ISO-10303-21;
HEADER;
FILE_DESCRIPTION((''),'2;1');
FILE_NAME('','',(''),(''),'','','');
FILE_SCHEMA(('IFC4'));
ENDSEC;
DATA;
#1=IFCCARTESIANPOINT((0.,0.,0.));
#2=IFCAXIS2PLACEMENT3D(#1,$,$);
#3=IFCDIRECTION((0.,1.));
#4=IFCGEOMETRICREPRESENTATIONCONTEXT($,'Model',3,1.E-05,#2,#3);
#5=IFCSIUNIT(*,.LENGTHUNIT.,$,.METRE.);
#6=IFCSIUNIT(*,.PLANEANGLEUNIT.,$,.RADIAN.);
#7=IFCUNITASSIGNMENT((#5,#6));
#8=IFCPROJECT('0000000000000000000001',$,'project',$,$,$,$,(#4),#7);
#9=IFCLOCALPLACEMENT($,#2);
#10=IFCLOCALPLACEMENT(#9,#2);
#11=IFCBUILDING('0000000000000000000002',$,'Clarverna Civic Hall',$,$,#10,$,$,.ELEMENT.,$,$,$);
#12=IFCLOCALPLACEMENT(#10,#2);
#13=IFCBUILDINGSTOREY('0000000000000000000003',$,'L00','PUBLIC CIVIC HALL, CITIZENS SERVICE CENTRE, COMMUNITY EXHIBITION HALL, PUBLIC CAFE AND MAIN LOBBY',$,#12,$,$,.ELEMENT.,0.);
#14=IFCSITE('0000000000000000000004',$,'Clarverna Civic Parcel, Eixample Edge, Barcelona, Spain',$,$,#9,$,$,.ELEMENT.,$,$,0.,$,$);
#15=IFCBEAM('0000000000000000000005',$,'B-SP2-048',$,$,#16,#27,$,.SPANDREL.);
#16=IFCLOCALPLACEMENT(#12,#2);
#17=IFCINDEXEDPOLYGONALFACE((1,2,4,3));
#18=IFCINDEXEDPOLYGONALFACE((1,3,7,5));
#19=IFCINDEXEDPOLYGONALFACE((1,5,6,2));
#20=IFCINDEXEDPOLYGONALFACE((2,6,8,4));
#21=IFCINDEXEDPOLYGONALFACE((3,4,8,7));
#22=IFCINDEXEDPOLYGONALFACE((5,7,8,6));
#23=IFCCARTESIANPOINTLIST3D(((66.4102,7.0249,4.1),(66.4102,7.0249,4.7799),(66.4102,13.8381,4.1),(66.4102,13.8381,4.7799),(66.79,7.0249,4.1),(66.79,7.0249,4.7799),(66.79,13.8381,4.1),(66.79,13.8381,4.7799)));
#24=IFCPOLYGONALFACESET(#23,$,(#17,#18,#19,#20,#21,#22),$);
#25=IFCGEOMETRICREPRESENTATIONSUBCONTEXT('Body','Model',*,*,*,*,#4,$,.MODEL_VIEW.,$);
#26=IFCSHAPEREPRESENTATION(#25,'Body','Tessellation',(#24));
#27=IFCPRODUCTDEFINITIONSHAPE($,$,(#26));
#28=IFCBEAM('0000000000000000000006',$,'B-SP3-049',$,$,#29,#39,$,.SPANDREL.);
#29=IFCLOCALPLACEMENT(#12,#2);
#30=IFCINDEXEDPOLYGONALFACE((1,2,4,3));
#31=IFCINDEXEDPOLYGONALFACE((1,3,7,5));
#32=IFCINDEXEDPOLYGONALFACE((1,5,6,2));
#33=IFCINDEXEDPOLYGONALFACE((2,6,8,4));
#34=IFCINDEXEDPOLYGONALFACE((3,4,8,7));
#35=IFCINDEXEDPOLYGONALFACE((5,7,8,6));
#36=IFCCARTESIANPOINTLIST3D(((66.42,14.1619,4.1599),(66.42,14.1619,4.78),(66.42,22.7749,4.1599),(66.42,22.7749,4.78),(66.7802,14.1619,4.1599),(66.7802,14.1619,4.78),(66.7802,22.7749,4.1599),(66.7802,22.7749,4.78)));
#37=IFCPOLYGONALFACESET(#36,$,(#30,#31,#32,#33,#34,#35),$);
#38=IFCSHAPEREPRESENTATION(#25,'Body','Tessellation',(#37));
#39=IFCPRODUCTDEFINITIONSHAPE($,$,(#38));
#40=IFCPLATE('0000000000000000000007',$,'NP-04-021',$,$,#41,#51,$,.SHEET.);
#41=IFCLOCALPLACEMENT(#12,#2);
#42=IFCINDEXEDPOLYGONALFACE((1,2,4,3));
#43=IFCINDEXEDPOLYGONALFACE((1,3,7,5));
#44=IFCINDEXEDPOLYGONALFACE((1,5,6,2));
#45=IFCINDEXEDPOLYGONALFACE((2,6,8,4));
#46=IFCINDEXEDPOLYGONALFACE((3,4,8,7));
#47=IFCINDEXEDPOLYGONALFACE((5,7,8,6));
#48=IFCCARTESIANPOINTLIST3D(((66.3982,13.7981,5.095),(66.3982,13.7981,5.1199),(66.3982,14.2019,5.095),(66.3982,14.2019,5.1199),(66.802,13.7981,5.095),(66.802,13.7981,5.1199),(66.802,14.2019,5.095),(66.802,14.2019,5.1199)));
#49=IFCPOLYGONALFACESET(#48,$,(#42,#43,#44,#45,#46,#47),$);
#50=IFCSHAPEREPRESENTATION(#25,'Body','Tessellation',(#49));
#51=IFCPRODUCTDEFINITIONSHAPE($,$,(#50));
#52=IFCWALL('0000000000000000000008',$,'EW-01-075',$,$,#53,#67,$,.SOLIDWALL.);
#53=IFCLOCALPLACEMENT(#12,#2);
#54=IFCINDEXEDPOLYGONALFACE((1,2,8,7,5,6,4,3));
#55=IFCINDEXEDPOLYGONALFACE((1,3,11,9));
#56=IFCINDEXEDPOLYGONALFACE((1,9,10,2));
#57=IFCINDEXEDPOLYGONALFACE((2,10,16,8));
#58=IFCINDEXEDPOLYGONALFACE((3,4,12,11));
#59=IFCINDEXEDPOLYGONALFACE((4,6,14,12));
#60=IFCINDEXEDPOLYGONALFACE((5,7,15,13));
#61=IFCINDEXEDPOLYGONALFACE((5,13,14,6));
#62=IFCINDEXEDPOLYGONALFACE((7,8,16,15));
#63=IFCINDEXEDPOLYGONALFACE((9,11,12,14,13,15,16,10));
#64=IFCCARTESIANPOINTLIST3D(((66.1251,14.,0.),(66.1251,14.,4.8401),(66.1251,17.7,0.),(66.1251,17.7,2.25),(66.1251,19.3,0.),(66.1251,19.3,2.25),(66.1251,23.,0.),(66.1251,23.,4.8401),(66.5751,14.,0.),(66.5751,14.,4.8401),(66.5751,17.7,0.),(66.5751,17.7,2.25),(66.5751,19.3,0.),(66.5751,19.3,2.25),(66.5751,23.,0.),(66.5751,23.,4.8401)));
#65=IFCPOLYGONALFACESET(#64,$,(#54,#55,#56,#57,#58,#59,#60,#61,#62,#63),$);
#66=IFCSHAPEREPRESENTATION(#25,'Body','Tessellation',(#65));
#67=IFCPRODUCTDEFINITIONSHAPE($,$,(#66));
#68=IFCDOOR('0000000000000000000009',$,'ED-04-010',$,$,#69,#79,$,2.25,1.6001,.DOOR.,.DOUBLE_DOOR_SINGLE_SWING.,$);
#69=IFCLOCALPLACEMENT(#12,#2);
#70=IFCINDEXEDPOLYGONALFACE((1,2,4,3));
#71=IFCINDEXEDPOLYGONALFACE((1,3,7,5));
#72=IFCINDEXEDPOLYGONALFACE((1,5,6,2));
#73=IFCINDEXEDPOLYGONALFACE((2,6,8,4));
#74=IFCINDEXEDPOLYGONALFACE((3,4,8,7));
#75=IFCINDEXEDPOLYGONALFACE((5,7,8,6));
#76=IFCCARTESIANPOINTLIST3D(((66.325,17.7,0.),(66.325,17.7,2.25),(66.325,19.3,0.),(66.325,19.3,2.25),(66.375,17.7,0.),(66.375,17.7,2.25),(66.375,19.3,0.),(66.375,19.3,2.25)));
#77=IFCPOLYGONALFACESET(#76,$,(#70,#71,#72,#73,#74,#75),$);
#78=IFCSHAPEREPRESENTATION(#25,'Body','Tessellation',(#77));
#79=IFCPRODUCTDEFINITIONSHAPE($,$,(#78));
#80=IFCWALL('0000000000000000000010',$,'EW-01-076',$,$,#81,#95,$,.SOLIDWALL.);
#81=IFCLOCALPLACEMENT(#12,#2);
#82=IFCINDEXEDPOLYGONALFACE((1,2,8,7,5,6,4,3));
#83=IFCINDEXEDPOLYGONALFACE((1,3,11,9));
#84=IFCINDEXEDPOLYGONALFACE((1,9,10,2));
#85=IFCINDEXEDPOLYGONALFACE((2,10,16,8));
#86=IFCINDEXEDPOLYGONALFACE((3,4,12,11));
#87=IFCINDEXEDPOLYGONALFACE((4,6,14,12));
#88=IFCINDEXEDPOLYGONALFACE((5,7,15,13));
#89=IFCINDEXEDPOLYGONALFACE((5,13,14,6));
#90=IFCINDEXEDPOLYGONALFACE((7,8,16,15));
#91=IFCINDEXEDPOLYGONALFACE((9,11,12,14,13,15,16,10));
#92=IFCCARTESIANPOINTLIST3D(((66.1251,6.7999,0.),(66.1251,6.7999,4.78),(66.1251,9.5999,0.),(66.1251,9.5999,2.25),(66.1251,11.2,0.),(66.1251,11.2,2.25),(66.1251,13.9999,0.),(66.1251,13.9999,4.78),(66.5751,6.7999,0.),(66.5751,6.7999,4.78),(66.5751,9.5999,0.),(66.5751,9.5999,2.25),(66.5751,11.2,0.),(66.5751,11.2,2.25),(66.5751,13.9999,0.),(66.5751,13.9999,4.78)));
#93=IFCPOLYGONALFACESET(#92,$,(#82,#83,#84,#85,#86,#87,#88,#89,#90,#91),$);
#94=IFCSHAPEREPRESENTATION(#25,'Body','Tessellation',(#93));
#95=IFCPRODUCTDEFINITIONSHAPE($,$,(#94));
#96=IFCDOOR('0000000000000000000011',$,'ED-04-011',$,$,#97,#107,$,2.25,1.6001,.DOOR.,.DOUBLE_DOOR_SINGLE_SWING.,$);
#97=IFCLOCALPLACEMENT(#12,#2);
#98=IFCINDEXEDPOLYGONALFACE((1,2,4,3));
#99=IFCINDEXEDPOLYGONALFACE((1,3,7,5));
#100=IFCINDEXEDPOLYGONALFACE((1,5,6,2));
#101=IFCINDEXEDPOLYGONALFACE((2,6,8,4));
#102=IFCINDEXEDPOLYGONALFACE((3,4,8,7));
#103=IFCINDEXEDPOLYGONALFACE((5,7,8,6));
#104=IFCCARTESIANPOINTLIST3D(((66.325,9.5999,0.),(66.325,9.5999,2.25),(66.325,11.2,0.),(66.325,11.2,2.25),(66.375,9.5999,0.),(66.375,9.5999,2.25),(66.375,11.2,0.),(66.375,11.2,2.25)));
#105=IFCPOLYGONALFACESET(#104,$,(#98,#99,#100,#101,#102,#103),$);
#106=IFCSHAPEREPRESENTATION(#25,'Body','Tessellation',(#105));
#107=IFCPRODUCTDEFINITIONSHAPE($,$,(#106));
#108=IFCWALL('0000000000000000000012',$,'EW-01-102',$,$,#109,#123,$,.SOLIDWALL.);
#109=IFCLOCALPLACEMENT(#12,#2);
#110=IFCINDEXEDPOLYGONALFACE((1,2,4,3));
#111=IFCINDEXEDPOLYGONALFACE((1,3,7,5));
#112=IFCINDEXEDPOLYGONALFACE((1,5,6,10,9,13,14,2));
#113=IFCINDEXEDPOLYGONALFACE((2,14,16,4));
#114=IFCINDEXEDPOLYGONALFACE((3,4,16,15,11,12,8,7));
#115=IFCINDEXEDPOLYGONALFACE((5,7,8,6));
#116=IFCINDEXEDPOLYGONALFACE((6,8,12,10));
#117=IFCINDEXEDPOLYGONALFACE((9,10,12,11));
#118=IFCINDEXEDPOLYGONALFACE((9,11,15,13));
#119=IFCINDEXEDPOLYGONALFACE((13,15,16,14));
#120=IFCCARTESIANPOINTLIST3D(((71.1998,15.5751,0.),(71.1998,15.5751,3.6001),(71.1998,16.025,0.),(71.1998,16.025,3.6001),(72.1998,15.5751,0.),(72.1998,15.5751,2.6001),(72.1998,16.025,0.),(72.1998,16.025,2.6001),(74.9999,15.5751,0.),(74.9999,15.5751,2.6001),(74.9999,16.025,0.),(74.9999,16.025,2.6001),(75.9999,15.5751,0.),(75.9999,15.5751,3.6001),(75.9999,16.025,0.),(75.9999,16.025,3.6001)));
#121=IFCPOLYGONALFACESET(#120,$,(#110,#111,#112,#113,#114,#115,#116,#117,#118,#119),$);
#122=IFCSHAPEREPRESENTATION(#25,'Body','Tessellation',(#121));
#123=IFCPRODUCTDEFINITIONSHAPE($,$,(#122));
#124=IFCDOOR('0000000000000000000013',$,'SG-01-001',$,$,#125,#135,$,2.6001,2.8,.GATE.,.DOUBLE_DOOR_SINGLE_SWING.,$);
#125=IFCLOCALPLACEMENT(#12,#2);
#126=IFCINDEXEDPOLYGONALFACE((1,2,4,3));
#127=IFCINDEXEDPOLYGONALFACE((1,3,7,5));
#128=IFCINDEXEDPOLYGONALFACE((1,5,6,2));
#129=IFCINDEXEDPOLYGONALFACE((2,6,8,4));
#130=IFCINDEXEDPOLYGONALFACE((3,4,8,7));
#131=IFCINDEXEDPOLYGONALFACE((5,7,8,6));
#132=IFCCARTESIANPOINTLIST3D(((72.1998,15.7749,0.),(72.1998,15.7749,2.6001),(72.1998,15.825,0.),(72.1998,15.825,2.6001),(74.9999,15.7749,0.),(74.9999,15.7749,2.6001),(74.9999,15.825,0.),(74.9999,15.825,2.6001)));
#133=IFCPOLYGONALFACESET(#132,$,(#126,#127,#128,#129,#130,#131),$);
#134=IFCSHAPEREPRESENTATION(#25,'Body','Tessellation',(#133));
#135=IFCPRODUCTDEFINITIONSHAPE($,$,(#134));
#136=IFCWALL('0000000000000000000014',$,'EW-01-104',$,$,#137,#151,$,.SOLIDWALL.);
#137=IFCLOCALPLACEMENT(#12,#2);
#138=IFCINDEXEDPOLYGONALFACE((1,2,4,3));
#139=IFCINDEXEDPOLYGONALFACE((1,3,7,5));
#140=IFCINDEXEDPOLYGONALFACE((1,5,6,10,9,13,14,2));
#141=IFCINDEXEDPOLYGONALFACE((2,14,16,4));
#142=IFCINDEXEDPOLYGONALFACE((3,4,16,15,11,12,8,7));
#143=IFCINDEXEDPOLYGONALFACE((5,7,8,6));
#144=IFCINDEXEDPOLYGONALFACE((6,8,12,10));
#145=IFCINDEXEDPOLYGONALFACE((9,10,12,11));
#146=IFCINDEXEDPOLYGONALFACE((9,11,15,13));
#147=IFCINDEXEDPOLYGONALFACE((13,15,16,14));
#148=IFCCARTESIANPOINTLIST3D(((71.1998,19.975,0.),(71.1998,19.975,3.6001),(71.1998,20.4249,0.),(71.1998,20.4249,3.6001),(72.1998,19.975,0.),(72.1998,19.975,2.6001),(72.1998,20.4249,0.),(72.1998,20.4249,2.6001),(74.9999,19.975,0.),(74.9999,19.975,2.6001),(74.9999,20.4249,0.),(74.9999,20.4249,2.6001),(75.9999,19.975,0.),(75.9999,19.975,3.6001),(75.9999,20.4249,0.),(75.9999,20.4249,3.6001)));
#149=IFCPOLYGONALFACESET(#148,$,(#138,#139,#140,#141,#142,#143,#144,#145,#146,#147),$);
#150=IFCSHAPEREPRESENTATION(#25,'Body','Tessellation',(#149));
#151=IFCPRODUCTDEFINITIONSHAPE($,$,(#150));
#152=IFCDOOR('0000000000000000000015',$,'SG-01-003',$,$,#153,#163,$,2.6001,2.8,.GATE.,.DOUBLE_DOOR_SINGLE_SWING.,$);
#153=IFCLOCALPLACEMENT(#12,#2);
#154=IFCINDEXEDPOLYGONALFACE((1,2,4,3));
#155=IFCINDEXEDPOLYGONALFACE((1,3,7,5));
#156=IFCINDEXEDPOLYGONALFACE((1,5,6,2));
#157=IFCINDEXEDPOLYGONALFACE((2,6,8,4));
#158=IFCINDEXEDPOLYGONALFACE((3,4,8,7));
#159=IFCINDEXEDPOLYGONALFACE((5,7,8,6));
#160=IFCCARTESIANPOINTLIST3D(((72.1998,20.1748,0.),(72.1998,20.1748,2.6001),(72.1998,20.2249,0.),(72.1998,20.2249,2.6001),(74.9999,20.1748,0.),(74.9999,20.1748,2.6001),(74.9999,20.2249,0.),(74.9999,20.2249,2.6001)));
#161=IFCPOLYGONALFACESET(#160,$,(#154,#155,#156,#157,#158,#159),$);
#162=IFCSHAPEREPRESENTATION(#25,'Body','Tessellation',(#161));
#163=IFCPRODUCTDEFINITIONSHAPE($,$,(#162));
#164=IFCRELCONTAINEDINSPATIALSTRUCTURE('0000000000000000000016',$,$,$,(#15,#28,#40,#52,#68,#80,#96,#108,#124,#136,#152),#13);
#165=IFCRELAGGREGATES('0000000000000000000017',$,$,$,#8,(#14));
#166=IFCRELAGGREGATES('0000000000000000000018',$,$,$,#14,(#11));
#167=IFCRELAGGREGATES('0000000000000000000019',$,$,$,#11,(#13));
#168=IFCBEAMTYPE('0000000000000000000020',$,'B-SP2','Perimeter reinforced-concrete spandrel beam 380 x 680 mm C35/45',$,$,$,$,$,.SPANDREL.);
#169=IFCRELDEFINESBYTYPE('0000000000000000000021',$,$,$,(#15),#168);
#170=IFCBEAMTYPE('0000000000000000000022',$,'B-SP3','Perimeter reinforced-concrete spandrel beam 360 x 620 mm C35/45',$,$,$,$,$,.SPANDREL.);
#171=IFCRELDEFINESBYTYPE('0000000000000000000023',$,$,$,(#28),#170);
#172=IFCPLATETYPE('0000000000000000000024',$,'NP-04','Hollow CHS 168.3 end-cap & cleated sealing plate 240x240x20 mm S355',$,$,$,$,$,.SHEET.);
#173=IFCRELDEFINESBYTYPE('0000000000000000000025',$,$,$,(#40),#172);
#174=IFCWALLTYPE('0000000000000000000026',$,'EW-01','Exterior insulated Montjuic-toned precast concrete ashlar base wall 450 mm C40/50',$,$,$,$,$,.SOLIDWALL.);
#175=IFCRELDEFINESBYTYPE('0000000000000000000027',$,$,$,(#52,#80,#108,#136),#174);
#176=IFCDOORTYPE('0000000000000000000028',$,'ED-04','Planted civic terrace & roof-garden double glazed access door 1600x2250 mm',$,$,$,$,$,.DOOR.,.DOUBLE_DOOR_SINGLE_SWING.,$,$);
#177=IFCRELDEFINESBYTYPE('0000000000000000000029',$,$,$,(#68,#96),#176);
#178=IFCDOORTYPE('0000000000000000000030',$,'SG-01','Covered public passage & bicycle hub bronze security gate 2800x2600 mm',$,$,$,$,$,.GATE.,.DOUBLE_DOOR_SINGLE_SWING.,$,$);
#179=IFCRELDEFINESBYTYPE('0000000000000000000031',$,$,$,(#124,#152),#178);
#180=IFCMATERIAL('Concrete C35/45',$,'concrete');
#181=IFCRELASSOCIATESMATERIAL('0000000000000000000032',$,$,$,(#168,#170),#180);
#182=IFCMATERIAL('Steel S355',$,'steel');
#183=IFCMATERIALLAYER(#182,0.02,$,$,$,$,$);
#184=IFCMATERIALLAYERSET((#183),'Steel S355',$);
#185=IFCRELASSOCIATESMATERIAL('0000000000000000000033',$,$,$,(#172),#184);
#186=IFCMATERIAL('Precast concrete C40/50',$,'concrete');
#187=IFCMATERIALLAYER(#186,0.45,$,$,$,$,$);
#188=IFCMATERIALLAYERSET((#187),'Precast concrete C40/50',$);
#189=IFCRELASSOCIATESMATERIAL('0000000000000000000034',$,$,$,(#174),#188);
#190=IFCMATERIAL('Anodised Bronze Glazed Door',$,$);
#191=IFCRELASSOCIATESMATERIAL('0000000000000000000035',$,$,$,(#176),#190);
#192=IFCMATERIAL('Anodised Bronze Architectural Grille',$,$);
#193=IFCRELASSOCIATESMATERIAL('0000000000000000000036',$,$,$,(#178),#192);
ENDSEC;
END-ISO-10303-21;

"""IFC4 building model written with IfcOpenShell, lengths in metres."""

from ifc_helpers import new_model, si_unit, direction, frame, frame_2d, origin, origin_2d, place, context, subcontext, project, spatial, rectangle, extrude, material, layer, layer_set, material_profile, profile_set, type_object, element, fill, save


model = new_model("IFC4")

# Units and contexts
model_context = context("Model", 3, precision=1e-05, world=origin(), true_north=direction((0.0, 1.0)))
body_context = subcontext(model_context, "Body", "Model", "MODEL_VIEW")
ifc_project = project(units=[si_unit("LENGTHUNIT", "METRE"), si_unit("PLANEANGLEUNIT", "RADIAN")], contexts=[model_context])

# Site, building, storey
site_placement = place(None, origin())
site = spatial("IfcSite", under=ifc_project, at=site_placement, Name="Clarverna Civic Parcel, Eixample Edge, Barcelona, Spain", CompositionType="ELEMENT", RefElevation=0.0)
building_placement = place(site_placement, origin())
building = spatial("IfcBuilding", under=site, at=building_placement, Name="Clarverna Civic Hall", CompositionType="ELEMENT")
storey_placement = place(building_placement, origin())
storey = spatial("IfcBuildingStorey", under=building, at=storey_placement, Name="L00", Description="PUBLIC CIVIC HALL, CITIZENS SERVICE CENTRE, COMMUNITY EXHIBITION HALL, PUBLIC CAFE AND MAIN LOBBY", CompositionType="ELEMENT", Elevation=0.0)

# Shared definitions
ifc_material_1 = material(Name="Precast concrete C40/50", Category="concrete")
ifc_material_2 = material(Name="Steel S355", Category="steel")

# Beams
ifc_material_3 = material(Name="Concrete C35/45", Category="concrete")
ifc_material_profile_1 = material_profile(ifc_material_3, rectangle(XDim=0.3799, YDim=0.6799, at=origin_2d()), Name="RC 380x680")
ifc_profile_set_1 = profile_set([ifc_material_profile_1], Name="Concrete C35/45")
beam_type_1 = type_object("IfcBeamType", Name="B-SP2", Description="Perimeter reinforced-concrete spandrel beam 380 x 680 mm C35/45", PredefinedType="SPANDREL", material=ifc_profile_set_1)
beam_1_placement = place(storey_placement, frame((66.6001, 7.0249, 4.4399), z_axis=(0.0, 1.0, 0.0), x_axis=(-1.0, 0.0, 0.0)))
element("IfcBeam", 1, at=beam_1_placement, inside=storey, type_object=beam_type_1, Name="B-SP2-048", PredefinedType="SPANDREL", context=body_context, shape_type="SweptSolid", body=[
    extrude(rectangle(XDim=0.3799, YDim=0.6799, at=origin_2d()), origin(), (0.0, 0.0, 1.0), 6.8132),
])
ifc_material_profile_2 = material_profile(ifc_material_3, rectangle(XDim=0.3601, YDim=0.6201, at=origin_2d()), Name="RC 360x620")
ifc_profile_set_2 = profile_set([ifc_material_profile_2], Name="Concrete C35/45")
beam_type_2 = type_object("IfcBeamType", Name="B-SP3", Description="Perimeter reinforced-concrete spandrel beam 360 x 620 mm C35/45", PredefinedType="SPANDREL", material=ifc_profile_set_2)
beam_2_placement = place(storey_placement, frame((66.6001, 14.1619, 4.47), z_axis=(0.0, 1.0, 0.0), x_axis=(-1.0, 0.0, 0.0)))
element("IfcBeam", 2, at=beam_2_placement, inside=storey, type_object=beam_type_2, Name="B-SP3-049", PredefinedType="SPANDREL", context=body_context, shape_type="SweptSolid", body=[
    extrude(rectangle(XDim=0.3601, YDim=0.6201, at=origin_2d()), origin(), (0.0, 0.0, 1.0), 8.613),
])

# Plate
ifc_layer_1 = layer(ifc_material_2, 0.02)
ifc_layer_set_1 = layer_set([ifc_layer_1], Name="Steel S355")
plate_type = type_object("IfcPlateType", Name="NP-04", Description="Hollow CHS 168.3 end-cap & cleated sealing plate 240x240x20 mm S355", PredefinedType="SHEET", material=ifc_layer_set_1)
plate_placement = place(storey_placement, frame((66.6001, 14.0, 5.095), z_axis=(0.0, 0.0, 1.0), x_axis=(1.0, 0.0, 0.0)))
element("IfcPlate", 3, at=plate_placement, inside=storey, type_object=plate_type, Name="NP-04-021", PredefinedType="SHEET", context=body_context, shape_type="SweptSolid", body=[
    extrude(rectangle(XDim=0.4038, YDim=0.4038, at=origin_2d()), origin(), (0.0, 0.0, 1.0), 0.0249),
])

# Walls, openings, doors
ifc_layer_2 = layer(ifc_material_1, 0.45)
ifc_layer_set_2 = layer_set([ifc_layer_2], Name="Precast concrete C40/50")
wall_type = type_object("IfcWallType", Name="EW-01", Description="Exterior insulated Montjuic-toned precast concrete ashlar base wall 450 mm C40/50", PredefinedType="SOLIDWALL", material=ifc_layer_set_2)
wall_1_placement = place(storey_placement, frame((66.3501, 23.0, 0.0), z_axis=(0.0, 0.0, 1.0), x_axis=(0.0, -1.0, 0.0)))
wall_1 = element("IfcWall", 4, at=wall_1_placement, inside=storey, type_object=wall_type, Name="EW-01-075", PredefinedType="SOLIDWALL", context=body_context, shape_type="SweptSolid", body=[
    extrude(rectangle(XDim=9.0, YDim=0.45, at=frame_2d((4.5, 0.0))), origin(), (0.0, 0.0, 1.0), 4.8401),
])
opening_1_placement = place(wall_1_placement, frame((3.7, 0.0, 0.0)))
opening_1 = element("IfcOpeningElement", 5, at=opening_1_placement, cuts=wall_1, PredefinedType="OPENING", context=body_context, shape_type="SweptSolid", body=[
    extrude(rectangle(XDim=1.6001, YDim=2.25, at=frame_2d((0.8, 1.125))), frame((0.0, 0.2349, 0.0), z_axis=(0.0, -1.0, 0.0), x_axis=(1.0, 0.0, 0.0)), (0.0, 0.0, 1.0), 0.47),
])
ifc_material_4 = material(Name="Anodised Bronze Glazed Door")
door_type_1 = type_object("IfcDoorType", Name="ED-04", Description="Planted civic terrace & roof-garden double glazed access door 1600x2250 mm", OperationType="DOUBLE_DOOR_SINGLE_SWING", PredefinedType="DOOR", material=ifc_material_4)
door_1_placement = place(opening_1_placement, origin())
door_1 = element("IfcDoor", 6, at=door_1_placement, inside=storey, type_object=door_type_1, Name="ED-04-010", OperationType="DOUBLE_DOOR_SINGLE_SWING", OverallHeight=2.25, OverallWidth=1.6001, PredefinedType="DOOR", context=body_context, shape_type="SweptSolid", body=[
    extrude(rectangle(XDim=1.6001, YDim=2.25, at=frame_2d((0.8, 1.125))), frame((0.0, 0.0249, 0.0), z_axis=(0.0, -1.0, 0.0), x_axis=(1.0, 0.0, 0.0)), (0.0, 0.0, 1.0), 0.05),
])
fill(opening_1, door_1)
wall_2_placement = place(storey_placement, frame((66.3501, 14.0, 0.0), z_axis=(0.0, 0.0, 1.0), x_axis=(0.0, -1.0, 0.0)))
wall_2 = element("IfcWall", 7, at=wall_2_placement, inside=storey, type_object=wall_type, Name="EW-01-076", PredefinedType="SOLIDWALL", context=body_context, shape_type="SweptSolid", body=[
    extrude(rectangle(XDim=7.2, YDim=0.45, at=frame_2d((3.6001, 0.0))), origin(), (0.0, 0.0, 1.0), 4.78),
])
opening_2_placement = place(wall_2_placement, frame((2.8, 0.0, 0.0)))
opening_2 = element("IfcOpeningElement", 8, at=opening_2_placement, cuts=wall_2, PredefinedType="OPENING", context=body_context, shape_type="SweptSolid", body=[
    extrude(rectangle(XDim=1.6001, YDim=2.25, at=frame_2d((0.8, 1.125))), frame((0.0, 0.2349, 0.0), z_axis=(0.0, -1.0, 0.0), x_axis=(1.0, 0.0, 0.0)), (0.0, 0.0, 1.0), 0.47),
])
door_2_placement = place(opening_2_placement, origin())
door_2 = element("IfcDoor", 9, at=door_2_placement, inside=storey, type_object=door_type_1, Name="ED-04-011", OperationType="DOUBLE_DOOR_SINGLE_SWING", OverallHeight=2.25, OverallWidth=1.6001, PredefinedType="DOOR", context=body_context, shape_type="SweptSolid", body=[
    extrude(rectangle(XDim=1.6001, YDim=2.25, at=frame_2d((0.8, 1.125))), frame((0.0, 0.0249, 0.0), z_axis=(0.0, -1.0, 0.0), x_axis=(1.0, 0.0, 0.0)), (0.0, 0.0, 1.0), 0.05),
])
fill(opening_2, door_2)
wall_3_placement = place(storey_placement, frame((71.2, 15.8, 0.0), z_axis=(0.0, 0.0, 1.0), x_axis=(1.0, 0.0, 0.0)))
wall_3 = element("IfcWall", 10, at=wall_3_placement, inside=storey, type_object=wall_type, Name="EW-01-102", PredefinedType="SOLIDWALL", context=body_context, shape_type="SweptSolid", body=[
    extrude(rectangle(XDim=4.8, YDim=0.45, at=frame_2d((2.3999, 0.0))), origin(), (0.0, 0.0, 1.0), 3.6001),
])
opening_3_placement = place(wall_3_placement, frame((1.0, 0.0, 0.0)))
opening_3 = element("IfcOpeningElement", 11, at=opening_3_placement, cuts=wall_3, PredefinedType="OPENING", context=body_context, shape_type="SweptSolid", body=[
    extrude(rectangle(XDim=2.8, YDim=2.6001, at=frame_2d((1.3999, 1.3))), frame((0.0, 0.2349, 0.0), z_axis=(0.0, -1.0, 0.0), x_axis=(1.0, 0.0, 0.0)), (0.0, 0.0, 1.0), 0.47),
])
ifc_material_5 = material(Name="Anodised Bronze Architectural Grille")
door_type_2 = type_object("IfcDoorType", Name="SG-01", Description="Covered public passage & bicycle hub bronze security gate 2800x2600 mm", OperationType="DOUBLE_DOOR_SINGLE_SWING", PredefinedType="GATE", material=ifc_material_5)
door_3_placement = place(opening_3_placement, origin())
door_3 = element("IfcDoor", 12, at=door_3_placement, inside=storey, type_object=door_type_2, Name="SG-01-001", OperationType="DOUBLE_DOOR_SINGLE_SWING", OverallHeight=2.6001, OverallWidth=2.8, PredefinedType="GATE", context=body_context, shape_type="SweptSolid", body=[
    extrude(rectangle(XDim=2.8, YDim=2.6001, at=frame_2d((1.3999, 1.3))), frame((0.0, 0.0249, 0.0), z_axis=(0.0, -1.0, 0.0), x_axis=(1.0, 0.0, 0.0)), (0.0, 0.0, 1.0), 0.05),
])
fill(opening_3, door_3)
wall_4_placement = place(storey_placement, frame((71.2, 20.2, 0.0), z_axis=(0.0, 0.0, 1.0), x_axis=(1.0, 0.0, 0.0)))
wall_4 = element("IfcWall", 13, at=wall_4_placement, inside=storey, type_object=wall_type, Name="EW-01-104", PredefinedType="SOLIDWALL", context=body_context, shape_type="SweptSolid", body=[
    extrude(rectangle(XDim=4.8, YDim=0.45, at=frame_2d((2.3999, 0.0))), origin(), (0.0, 0.0, 1.0), 3.6001),
])
opening_4_placement = place(wall_4_placement, frame((1.0, 0.0, 0.0)))
opening_4 = element("IfcOpeningElement", 14, at=opening_4_placement, cuts=wall_4, PredefinedType="OPENING", context=body_context, shape_type="SweptSolid", body=[
    extrude(rectangle(XDim=2.8, YDim=2.6001, at=frame_2d((1.3999, 1.3))), frame((0.0, 0.2349, 0.0), z_axis=(0.0, -1.0, 0.0), x_axis=(1.0, 0.0, 0.0)), (0.0, 0.0, 1.0), 0.47),
])
door_4_placement = place(opening_4_placement, origin())
door_4 = element("IfcDoor", 15, at=door_4_placement, inside=storey, type_object=door_type_2, Name="SG-01-003", OperationType="DOUBLE_DOOR_SINGLE_SWING", OverallHeight=2.6001, OverallWidth=2.8, PredefinedType="GATE", context=body_context, shape_type="SweptSolid", body=[
    extrude(rectangle(XDim=2.8, YDim=2.6001, at=frame_2d((1.3999, 1.3))), frame((0.0, 0.0249, 0.0), z_axis=(0.0, -1.0, 0.0), x_axis=(1.0, 0.0, 0.0)), (0.0, 0.0, 1.0), 0.05),
])
fill(opening_4, door_4)

save(model, "model.ifc")
